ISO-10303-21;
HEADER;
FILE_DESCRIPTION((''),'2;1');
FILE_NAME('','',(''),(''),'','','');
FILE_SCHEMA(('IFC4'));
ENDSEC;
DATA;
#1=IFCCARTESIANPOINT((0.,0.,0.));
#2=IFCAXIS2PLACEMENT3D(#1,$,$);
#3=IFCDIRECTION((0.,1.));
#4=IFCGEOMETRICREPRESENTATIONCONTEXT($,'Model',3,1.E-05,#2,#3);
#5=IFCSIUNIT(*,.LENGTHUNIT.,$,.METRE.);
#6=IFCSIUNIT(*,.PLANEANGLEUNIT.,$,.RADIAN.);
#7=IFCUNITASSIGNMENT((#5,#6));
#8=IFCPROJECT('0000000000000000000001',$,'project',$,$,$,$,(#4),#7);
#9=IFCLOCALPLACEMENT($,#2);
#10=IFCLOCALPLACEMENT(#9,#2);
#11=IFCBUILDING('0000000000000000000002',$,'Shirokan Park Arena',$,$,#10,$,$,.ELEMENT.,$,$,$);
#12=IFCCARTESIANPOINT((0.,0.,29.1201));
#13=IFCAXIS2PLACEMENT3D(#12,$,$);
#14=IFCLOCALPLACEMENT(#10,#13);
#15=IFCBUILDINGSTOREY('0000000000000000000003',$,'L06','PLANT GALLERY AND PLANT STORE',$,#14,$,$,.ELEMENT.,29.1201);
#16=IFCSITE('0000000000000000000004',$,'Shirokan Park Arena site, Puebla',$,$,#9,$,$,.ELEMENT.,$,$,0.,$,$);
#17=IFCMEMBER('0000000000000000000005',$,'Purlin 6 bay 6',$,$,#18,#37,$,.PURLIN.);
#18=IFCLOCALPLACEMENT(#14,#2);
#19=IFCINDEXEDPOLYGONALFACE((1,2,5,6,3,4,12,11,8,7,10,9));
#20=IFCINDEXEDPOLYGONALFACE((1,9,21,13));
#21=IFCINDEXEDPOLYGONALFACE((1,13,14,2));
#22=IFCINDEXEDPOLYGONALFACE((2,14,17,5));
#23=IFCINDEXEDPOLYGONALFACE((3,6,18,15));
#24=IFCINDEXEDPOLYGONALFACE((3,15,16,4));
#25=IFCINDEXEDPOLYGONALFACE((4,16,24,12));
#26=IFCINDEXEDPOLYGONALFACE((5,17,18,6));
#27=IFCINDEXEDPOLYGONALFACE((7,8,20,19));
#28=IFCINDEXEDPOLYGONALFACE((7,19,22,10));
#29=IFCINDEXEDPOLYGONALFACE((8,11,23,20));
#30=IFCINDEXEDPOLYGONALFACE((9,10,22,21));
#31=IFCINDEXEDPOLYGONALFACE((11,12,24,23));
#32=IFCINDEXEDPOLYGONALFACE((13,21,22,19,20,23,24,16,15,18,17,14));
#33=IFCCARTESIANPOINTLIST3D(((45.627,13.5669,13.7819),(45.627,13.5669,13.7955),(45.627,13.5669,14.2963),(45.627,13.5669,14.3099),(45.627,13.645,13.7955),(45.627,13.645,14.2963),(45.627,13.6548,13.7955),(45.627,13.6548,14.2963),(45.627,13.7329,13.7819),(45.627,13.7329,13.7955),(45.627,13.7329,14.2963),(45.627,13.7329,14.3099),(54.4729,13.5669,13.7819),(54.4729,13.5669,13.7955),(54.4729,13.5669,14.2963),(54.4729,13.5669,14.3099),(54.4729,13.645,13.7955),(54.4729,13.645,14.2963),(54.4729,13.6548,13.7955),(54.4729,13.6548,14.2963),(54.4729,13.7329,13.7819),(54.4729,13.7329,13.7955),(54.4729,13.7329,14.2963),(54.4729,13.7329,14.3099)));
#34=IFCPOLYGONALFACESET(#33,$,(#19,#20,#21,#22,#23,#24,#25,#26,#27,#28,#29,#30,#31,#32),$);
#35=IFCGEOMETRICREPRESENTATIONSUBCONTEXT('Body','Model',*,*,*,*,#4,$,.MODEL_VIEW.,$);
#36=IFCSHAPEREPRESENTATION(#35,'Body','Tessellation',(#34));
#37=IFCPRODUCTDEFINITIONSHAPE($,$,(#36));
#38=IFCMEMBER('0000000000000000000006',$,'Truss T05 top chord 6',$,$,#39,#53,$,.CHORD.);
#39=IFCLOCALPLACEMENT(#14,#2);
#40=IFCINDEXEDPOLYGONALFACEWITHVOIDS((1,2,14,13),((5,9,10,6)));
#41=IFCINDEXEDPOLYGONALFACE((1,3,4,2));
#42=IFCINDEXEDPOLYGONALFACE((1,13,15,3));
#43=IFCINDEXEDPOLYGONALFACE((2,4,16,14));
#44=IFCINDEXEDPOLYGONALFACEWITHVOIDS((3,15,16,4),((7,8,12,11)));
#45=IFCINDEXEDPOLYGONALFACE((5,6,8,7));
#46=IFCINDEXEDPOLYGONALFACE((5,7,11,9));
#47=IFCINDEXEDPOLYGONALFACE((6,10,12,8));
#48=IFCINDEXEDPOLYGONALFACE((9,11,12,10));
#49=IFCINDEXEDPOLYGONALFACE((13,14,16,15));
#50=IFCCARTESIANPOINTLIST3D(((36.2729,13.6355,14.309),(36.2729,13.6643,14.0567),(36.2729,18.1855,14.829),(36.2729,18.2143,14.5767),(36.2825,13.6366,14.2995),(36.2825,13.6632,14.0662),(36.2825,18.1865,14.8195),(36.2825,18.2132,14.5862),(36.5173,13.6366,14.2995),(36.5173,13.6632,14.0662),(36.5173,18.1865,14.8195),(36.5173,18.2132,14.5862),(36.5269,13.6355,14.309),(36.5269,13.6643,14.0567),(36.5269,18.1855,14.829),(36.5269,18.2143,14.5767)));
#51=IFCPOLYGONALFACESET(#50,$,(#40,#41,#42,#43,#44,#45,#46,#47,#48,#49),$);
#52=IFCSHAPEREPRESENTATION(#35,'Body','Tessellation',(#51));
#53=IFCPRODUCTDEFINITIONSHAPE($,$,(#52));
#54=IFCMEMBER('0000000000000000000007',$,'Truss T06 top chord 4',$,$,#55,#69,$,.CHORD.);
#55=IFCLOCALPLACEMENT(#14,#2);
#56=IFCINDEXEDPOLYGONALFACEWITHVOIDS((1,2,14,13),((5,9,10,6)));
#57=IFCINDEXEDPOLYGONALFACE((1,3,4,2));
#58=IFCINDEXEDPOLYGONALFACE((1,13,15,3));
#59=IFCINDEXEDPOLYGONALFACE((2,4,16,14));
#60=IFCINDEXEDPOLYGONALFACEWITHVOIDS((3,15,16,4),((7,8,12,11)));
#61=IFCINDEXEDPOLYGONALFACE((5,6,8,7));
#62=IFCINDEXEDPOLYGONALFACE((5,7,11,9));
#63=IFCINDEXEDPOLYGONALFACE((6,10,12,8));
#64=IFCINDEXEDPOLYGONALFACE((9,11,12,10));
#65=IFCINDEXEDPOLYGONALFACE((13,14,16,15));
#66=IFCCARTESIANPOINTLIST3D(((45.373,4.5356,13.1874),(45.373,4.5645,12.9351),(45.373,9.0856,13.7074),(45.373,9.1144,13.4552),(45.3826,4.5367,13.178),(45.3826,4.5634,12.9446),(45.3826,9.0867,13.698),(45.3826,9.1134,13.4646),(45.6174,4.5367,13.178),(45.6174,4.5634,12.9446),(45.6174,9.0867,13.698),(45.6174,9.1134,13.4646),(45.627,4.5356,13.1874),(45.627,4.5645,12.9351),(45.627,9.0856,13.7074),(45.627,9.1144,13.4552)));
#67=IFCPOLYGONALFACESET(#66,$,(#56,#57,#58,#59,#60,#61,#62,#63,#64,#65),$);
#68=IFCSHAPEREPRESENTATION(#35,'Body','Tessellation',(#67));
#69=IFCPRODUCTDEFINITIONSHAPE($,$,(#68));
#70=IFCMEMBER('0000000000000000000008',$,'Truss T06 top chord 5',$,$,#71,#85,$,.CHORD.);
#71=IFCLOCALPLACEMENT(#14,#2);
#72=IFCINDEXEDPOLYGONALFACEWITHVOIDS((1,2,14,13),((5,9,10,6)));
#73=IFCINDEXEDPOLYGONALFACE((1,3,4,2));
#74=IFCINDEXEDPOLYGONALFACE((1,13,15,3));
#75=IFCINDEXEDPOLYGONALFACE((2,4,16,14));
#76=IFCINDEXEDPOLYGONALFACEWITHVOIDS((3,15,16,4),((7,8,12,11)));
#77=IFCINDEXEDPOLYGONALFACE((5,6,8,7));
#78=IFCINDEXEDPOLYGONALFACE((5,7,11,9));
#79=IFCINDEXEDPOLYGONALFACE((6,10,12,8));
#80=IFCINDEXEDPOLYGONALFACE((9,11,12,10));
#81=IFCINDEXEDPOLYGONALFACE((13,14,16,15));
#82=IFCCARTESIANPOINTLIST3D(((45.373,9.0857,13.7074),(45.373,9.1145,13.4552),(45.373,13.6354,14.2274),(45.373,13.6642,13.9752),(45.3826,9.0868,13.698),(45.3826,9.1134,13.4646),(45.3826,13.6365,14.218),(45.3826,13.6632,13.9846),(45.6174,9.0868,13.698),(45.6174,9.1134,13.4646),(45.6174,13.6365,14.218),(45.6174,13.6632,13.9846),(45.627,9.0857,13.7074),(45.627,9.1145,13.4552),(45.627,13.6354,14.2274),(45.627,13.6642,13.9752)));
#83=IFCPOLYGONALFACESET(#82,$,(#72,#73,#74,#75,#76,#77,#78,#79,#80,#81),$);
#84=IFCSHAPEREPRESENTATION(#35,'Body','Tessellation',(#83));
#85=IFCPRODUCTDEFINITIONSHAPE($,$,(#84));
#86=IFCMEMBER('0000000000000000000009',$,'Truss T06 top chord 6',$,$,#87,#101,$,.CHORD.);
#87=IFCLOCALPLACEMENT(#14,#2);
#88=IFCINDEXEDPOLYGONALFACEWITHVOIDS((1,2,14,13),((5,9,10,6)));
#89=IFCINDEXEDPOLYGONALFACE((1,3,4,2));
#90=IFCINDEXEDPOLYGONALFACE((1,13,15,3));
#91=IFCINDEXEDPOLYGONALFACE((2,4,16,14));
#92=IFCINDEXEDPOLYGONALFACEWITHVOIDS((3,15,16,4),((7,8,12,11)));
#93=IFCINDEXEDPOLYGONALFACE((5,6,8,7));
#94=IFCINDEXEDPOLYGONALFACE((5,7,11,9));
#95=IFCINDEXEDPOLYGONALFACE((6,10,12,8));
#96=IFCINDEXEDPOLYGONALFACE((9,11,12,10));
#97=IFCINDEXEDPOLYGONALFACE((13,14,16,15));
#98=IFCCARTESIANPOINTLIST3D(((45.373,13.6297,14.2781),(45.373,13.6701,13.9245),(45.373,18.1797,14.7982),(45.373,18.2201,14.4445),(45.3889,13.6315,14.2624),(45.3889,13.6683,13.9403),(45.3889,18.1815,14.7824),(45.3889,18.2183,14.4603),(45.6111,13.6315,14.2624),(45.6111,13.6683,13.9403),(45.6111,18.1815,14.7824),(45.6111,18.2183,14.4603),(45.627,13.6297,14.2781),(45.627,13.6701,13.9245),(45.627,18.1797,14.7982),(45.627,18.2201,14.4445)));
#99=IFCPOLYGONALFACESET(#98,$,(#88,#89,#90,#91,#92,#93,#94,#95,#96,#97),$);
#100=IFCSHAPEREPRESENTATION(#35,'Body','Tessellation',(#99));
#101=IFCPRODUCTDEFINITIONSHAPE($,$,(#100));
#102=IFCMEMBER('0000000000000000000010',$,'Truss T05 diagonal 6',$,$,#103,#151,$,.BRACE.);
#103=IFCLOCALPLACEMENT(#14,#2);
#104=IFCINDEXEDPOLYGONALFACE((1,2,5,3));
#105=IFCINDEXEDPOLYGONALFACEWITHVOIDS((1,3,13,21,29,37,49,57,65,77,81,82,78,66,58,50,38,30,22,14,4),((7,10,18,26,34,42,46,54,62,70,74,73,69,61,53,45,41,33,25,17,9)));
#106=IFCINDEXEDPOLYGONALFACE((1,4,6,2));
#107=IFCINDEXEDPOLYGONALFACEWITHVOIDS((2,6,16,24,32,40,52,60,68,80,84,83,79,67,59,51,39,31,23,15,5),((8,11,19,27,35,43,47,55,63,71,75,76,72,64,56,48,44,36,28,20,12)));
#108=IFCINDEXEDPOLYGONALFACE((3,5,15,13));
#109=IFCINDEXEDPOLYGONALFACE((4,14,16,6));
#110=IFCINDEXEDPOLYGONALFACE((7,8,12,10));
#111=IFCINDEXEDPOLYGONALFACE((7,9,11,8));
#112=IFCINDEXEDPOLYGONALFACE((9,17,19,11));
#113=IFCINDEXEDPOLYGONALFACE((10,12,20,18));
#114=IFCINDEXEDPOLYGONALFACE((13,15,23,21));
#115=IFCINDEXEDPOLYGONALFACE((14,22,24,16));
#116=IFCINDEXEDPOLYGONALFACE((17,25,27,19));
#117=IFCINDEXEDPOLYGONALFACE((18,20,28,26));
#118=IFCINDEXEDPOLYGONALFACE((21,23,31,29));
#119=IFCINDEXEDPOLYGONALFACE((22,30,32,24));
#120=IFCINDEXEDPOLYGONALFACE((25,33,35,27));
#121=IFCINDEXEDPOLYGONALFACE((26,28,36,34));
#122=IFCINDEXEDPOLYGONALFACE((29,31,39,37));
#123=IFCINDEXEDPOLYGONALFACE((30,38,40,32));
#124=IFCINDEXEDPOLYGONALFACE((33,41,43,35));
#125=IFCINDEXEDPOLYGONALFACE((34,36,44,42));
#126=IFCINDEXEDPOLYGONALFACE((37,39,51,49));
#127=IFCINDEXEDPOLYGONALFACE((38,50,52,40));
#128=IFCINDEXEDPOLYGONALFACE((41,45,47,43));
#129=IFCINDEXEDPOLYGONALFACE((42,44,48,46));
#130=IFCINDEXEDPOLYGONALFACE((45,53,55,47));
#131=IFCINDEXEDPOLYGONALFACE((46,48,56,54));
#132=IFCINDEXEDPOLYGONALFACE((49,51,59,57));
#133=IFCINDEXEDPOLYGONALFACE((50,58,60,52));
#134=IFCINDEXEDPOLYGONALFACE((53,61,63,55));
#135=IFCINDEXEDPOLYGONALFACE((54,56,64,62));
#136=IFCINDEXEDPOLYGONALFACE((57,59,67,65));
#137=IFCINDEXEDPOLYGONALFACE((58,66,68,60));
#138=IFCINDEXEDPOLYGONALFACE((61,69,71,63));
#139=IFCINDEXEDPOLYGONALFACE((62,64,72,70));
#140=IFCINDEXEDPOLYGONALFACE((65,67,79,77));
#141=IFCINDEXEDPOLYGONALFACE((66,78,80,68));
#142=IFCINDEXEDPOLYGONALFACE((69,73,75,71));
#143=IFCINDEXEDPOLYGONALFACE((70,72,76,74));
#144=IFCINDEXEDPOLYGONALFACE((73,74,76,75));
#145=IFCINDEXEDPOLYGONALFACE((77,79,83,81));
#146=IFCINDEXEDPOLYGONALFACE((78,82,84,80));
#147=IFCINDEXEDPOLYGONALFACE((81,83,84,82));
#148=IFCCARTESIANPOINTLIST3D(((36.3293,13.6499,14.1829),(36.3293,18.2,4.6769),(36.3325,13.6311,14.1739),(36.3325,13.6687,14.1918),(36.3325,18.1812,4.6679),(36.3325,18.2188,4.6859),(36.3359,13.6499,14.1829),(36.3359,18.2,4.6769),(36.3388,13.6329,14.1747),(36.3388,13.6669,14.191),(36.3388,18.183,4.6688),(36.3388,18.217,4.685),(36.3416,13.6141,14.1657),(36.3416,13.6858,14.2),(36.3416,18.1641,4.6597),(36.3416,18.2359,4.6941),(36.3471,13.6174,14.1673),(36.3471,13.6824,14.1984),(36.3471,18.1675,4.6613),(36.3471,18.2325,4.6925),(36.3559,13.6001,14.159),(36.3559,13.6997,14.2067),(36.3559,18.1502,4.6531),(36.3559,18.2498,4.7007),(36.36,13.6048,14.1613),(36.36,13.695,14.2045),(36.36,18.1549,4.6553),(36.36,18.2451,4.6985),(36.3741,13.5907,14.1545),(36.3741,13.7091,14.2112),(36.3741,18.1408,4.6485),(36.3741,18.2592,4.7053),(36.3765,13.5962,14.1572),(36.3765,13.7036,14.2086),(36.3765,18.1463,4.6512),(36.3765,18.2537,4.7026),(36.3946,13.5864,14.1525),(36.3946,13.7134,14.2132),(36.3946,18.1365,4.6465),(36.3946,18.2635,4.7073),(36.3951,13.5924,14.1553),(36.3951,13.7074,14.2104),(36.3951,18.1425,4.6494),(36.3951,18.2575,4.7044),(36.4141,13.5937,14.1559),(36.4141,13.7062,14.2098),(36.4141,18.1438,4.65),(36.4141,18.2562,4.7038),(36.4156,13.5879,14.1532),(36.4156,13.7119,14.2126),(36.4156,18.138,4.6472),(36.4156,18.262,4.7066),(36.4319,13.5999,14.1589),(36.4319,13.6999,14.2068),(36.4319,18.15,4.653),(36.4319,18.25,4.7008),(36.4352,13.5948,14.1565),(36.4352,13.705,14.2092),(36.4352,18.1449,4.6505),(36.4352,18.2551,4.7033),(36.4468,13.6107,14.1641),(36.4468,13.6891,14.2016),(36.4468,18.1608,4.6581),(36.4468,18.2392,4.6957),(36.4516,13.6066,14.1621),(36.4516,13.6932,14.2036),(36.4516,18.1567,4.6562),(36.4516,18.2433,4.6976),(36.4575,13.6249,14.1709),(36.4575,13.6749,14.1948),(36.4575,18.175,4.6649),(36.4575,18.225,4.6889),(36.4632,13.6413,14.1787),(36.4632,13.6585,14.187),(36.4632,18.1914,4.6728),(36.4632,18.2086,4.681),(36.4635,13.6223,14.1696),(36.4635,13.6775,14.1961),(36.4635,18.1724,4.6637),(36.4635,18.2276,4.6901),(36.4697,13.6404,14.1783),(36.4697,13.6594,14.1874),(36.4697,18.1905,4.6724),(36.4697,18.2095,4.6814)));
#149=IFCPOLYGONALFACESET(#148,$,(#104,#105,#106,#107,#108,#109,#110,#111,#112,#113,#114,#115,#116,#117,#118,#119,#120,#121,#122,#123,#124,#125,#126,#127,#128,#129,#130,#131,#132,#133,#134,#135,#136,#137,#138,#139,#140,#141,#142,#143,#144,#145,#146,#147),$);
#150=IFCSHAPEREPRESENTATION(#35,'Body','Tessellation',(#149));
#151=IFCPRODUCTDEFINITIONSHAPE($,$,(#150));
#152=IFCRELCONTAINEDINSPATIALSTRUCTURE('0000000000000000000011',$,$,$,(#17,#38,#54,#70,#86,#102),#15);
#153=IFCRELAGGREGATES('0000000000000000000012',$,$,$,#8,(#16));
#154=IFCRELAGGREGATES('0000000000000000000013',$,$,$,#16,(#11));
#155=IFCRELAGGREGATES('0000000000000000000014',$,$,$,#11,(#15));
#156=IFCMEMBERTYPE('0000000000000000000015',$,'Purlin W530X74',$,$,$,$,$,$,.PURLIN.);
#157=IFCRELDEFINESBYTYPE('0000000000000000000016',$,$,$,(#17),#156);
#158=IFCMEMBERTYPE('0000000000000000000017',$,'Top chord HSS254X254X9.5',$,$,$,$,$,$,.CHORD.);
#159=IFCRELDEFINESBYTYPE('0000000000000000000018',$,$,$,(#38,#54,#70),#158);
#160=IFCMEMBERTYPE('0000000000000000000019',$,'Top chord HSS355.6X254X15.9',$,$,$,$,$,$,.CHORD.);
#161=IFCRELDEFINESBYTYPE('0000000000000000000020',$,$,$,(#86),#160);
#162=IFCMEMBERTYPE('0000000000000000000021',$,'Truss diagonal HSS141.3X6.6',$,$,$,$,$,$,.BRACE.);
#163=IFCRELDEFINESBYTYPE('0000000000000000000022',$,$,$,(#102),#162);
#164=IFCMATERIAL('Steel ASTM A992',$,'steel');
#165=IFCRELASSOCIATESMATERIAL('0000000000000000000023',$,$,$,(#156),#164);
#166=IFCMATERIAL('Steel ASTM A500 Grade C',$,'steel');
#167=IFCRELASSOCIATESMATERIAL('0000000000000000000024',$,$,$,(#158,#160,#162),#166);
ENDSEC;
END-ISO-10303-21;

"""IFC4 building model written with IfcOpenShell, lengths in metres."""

from ifc_helpers import new_model, si_unit, direction, frame, origin, origin_2d, place, context, subcontext, project, spatial, hollow_rectangle, hollow_circle, i_section, extrude, material, material_profile, profile_set, type_object, element, save


model = new_model("IFC4")

# Units and contexts
model_context = context("Model", 3, precision=1e-05, world=origin(), true_north=direction((0.0, 1.0)))
body_context = subcontext(model_context, "Body", "Model", "MODEL_VIEW")
ifc_project = project(units=[si_unit("LENGTHUNIT", "METRE"), si_unit("PLANEANGLEUNIT", "RADIAN")], contexts=[model_context])

# Site, building, storey
site_placement = place(None, origin())
site = spatial("IfcSite", under=ifc_project, at=site_placement, Name="Shirokan Park Arena site, Puebla", CompositionType="ELEMENT", RefElevation=0.0)
building_placement = place(site_placement, origin())
building = spatial("IfcBuilding", under=site, at=building_placement, Name="Shirokan Park Arena", CompositionType="ELEMENT")
storey_placement = place(building_placement, frame((0.0, 0.0, 29.1201)))
storey = spatial("IfcBuildingStorey", under=building, at=storey_placement, Name="L06", Description="PLANT GALLERY AND PLANT STORE", CompositionType="ELEMENT", Elevation=29.1201)

# Members
ifc_material_1 = material(Name="Steel ASTM A500 Grade C", Category="steel")
ifc_material_2 = material(Name="Steel ASTM A992", Category="steel")
ifc_material_profile_1 = material_profile(ifc_material_2, i_section(OverallWidth=0.166, OverallDepth=0.5281, WebThickness=0.0098, FlangeThickness=0.0137, at=origin_2d()), Name="W530X74")
ifc_profile_set_1 = profile_set([ifc_material_profile_1], Name="Steel ASTM A992")
member_type_1 = type_object("IfcMemberType", Name="Purlin W530X74", PredefinedType="PURLIN", material=ifc_profile_set_1)
for number, where, z_axis, x_axis, name in (
    (1, (45.627, 13.6499, 14.0459), (1.0, 0.0, 0.0), (0.0, 1.0, 0.0), "Purlin 6 bay 6"),
):
    element("IfcMember", number, at=place(storey_placement, frame(where, z_axis=z_axis, x_axis=x_axis)), inside=storey, type_object=member_type_1, Name=name, PredefinedType="PURLIN", context=body_context, shape_type="SweptSolid", body=[
        extrude(i_section(OverallWidth=0.166, OverallDepth=0.5281, WebThickness=0.0098, FlangeThickness=0.0137, at=origin_2d()), origin(), (0.0, 0.0, 1.0), 8.8459),
    ])
ifc_material_profile_2 = material_profile(ifc_material_1, hollow_rectangle(XDim=0.2539, YDim=0.2539, WallThickness=0.0095, at=origin_2d()), Name="HSS254X254X9.5")
ifc_profile_set_2 = profile_set([ifc_material_profile_2], Name="Steel ASTM A500 Grade C")
member_type_2 = type_object("IfcMemberType", Name="Top chord HSS254X254X9.5", PredefinedType="CHORD", material=ifc_profile_set_2)
for number, where, z_axis, x_axis, name in (
    (2, (36.3999, 13.6499, 14.1829), (0.0, 0.993532, 0.11355), (-1.0, 0.0, 0.0), "Truss T05 top chord 6"),
    (3, (45.5, 4.55, 13.0613), (0.0, 0.993532, 0.11355), (-1.0, 0.0, 0.0), "Truss T06 top chord 4"),
):
    element("IfcMember", number, at=place(storey_placement, frame(where, z_axis=z_axis, x_axis=x_axis)), inside=storey, type_object=member_type_2, Name=name, PredefinedType="CHORD", context=body_context, shape_type="SweptSolid", body=[
        extrude(hollow_rectangle(XDim=0.2539, YDim=0.2539, WallThickness=0.0095, at=origin_2d()), origin(), (0.0, 0.0, 1.0), 4.5796),
    ])
member_1_placement = place(storey_placement, frame((45.5, 9.1001, 13.5813), z_axis=(0.0, 0.993532, 0.113556), x_axis=(-1.0, 0.0, 0.0)))
element("IfcMember", 4, at=member_1_placement, inside=storey, type_object=member_type_2, Name="Truss T06 top chord 5", PredefinedType="CHORD", context=body_context, shape_type="SweptSolid", body=[
    extrude(hollow_rectangle(XDim=0.2539, YDim=0.2539, WallThickness=0.0095, at=origin_2d()), origin(), (0.0, 0.0, 1.0), 4.5793),
])
ifc_material_profile_3 = material_profile(ifc_material_1, hollow_rectangle(XDim=0.2539, YDim=0.356, WallThickness=0.0159, at=origin_2d()), Name="HSS355.6X254X15.9")
ifc_profile_set_3 = profile_set([ifc_material_profile_3], Name="Steel ASTM A500 Grade C")
member_type_3 = type_object("IfcMemberType", Name="Top chord HSS355.6X254X15.9", PredefinedType="CHORD", material=ifc_profile_set_3)
member_2_placement = place(storey_placement, frame((45.5, 13.6499, 14.1013), z_axis=(0.0, 0.993532, 0.11355), x_axis=(-1.0, 0.0, 0.0)))
element("IfcMember", 5, at=member_2_placement, inside=storey, type_object=member_type_3, Name="Truss T06 top chord 6", PredefinedType="CHORD", context=body_context, shape_type="SweptSolid", body=[
    extrude(hollow_rectangle(XDim=0.2539, YDim=0.356, WallThickness=0.0159, at=origin_2d()), origin(), (0.0, 0.0, 1.0), 4.5796),
])
ifc_material_profile_4 = material_profile(ifc_material_1, hollow_circle(Radius=0.0706, WallThickness=0.0066, at=origin_2d()), Name="HSS141.3X6.6")
ifc_profile_set_4 = profile_set([ifc_material_profile_4], Name="Steel ASTM A500 Grade C")
member_type_4 = type_object("IfcMemberType", Name="Truss diagonal HSS141.3X6.6", PredefinedType="BRACE", material=ifc_profile_set_4)
member_3_placement = place(storey_placement, frame((36.3999, 13.6499, 14.1829), z_axis=(0.0, 0.431746, -0.901995), x_axis=(-1.0, 0.0, 0.0)))
element("IfcMember", 6, at=member_3_placement, inside=storey, type_object=member_type_4, Name="Truss T05 diagonal 6", PredefinedType="BRACE", context=body_context, shape_type="SweptSolid", body=[
    extrude(hollow_circle(Radius=0.0706, WallThickness=0.0066, at=origin_2d()), origin(), (0.0, 0.0, 1.0), 10.5388),
])

save(model, "model.ifc")
